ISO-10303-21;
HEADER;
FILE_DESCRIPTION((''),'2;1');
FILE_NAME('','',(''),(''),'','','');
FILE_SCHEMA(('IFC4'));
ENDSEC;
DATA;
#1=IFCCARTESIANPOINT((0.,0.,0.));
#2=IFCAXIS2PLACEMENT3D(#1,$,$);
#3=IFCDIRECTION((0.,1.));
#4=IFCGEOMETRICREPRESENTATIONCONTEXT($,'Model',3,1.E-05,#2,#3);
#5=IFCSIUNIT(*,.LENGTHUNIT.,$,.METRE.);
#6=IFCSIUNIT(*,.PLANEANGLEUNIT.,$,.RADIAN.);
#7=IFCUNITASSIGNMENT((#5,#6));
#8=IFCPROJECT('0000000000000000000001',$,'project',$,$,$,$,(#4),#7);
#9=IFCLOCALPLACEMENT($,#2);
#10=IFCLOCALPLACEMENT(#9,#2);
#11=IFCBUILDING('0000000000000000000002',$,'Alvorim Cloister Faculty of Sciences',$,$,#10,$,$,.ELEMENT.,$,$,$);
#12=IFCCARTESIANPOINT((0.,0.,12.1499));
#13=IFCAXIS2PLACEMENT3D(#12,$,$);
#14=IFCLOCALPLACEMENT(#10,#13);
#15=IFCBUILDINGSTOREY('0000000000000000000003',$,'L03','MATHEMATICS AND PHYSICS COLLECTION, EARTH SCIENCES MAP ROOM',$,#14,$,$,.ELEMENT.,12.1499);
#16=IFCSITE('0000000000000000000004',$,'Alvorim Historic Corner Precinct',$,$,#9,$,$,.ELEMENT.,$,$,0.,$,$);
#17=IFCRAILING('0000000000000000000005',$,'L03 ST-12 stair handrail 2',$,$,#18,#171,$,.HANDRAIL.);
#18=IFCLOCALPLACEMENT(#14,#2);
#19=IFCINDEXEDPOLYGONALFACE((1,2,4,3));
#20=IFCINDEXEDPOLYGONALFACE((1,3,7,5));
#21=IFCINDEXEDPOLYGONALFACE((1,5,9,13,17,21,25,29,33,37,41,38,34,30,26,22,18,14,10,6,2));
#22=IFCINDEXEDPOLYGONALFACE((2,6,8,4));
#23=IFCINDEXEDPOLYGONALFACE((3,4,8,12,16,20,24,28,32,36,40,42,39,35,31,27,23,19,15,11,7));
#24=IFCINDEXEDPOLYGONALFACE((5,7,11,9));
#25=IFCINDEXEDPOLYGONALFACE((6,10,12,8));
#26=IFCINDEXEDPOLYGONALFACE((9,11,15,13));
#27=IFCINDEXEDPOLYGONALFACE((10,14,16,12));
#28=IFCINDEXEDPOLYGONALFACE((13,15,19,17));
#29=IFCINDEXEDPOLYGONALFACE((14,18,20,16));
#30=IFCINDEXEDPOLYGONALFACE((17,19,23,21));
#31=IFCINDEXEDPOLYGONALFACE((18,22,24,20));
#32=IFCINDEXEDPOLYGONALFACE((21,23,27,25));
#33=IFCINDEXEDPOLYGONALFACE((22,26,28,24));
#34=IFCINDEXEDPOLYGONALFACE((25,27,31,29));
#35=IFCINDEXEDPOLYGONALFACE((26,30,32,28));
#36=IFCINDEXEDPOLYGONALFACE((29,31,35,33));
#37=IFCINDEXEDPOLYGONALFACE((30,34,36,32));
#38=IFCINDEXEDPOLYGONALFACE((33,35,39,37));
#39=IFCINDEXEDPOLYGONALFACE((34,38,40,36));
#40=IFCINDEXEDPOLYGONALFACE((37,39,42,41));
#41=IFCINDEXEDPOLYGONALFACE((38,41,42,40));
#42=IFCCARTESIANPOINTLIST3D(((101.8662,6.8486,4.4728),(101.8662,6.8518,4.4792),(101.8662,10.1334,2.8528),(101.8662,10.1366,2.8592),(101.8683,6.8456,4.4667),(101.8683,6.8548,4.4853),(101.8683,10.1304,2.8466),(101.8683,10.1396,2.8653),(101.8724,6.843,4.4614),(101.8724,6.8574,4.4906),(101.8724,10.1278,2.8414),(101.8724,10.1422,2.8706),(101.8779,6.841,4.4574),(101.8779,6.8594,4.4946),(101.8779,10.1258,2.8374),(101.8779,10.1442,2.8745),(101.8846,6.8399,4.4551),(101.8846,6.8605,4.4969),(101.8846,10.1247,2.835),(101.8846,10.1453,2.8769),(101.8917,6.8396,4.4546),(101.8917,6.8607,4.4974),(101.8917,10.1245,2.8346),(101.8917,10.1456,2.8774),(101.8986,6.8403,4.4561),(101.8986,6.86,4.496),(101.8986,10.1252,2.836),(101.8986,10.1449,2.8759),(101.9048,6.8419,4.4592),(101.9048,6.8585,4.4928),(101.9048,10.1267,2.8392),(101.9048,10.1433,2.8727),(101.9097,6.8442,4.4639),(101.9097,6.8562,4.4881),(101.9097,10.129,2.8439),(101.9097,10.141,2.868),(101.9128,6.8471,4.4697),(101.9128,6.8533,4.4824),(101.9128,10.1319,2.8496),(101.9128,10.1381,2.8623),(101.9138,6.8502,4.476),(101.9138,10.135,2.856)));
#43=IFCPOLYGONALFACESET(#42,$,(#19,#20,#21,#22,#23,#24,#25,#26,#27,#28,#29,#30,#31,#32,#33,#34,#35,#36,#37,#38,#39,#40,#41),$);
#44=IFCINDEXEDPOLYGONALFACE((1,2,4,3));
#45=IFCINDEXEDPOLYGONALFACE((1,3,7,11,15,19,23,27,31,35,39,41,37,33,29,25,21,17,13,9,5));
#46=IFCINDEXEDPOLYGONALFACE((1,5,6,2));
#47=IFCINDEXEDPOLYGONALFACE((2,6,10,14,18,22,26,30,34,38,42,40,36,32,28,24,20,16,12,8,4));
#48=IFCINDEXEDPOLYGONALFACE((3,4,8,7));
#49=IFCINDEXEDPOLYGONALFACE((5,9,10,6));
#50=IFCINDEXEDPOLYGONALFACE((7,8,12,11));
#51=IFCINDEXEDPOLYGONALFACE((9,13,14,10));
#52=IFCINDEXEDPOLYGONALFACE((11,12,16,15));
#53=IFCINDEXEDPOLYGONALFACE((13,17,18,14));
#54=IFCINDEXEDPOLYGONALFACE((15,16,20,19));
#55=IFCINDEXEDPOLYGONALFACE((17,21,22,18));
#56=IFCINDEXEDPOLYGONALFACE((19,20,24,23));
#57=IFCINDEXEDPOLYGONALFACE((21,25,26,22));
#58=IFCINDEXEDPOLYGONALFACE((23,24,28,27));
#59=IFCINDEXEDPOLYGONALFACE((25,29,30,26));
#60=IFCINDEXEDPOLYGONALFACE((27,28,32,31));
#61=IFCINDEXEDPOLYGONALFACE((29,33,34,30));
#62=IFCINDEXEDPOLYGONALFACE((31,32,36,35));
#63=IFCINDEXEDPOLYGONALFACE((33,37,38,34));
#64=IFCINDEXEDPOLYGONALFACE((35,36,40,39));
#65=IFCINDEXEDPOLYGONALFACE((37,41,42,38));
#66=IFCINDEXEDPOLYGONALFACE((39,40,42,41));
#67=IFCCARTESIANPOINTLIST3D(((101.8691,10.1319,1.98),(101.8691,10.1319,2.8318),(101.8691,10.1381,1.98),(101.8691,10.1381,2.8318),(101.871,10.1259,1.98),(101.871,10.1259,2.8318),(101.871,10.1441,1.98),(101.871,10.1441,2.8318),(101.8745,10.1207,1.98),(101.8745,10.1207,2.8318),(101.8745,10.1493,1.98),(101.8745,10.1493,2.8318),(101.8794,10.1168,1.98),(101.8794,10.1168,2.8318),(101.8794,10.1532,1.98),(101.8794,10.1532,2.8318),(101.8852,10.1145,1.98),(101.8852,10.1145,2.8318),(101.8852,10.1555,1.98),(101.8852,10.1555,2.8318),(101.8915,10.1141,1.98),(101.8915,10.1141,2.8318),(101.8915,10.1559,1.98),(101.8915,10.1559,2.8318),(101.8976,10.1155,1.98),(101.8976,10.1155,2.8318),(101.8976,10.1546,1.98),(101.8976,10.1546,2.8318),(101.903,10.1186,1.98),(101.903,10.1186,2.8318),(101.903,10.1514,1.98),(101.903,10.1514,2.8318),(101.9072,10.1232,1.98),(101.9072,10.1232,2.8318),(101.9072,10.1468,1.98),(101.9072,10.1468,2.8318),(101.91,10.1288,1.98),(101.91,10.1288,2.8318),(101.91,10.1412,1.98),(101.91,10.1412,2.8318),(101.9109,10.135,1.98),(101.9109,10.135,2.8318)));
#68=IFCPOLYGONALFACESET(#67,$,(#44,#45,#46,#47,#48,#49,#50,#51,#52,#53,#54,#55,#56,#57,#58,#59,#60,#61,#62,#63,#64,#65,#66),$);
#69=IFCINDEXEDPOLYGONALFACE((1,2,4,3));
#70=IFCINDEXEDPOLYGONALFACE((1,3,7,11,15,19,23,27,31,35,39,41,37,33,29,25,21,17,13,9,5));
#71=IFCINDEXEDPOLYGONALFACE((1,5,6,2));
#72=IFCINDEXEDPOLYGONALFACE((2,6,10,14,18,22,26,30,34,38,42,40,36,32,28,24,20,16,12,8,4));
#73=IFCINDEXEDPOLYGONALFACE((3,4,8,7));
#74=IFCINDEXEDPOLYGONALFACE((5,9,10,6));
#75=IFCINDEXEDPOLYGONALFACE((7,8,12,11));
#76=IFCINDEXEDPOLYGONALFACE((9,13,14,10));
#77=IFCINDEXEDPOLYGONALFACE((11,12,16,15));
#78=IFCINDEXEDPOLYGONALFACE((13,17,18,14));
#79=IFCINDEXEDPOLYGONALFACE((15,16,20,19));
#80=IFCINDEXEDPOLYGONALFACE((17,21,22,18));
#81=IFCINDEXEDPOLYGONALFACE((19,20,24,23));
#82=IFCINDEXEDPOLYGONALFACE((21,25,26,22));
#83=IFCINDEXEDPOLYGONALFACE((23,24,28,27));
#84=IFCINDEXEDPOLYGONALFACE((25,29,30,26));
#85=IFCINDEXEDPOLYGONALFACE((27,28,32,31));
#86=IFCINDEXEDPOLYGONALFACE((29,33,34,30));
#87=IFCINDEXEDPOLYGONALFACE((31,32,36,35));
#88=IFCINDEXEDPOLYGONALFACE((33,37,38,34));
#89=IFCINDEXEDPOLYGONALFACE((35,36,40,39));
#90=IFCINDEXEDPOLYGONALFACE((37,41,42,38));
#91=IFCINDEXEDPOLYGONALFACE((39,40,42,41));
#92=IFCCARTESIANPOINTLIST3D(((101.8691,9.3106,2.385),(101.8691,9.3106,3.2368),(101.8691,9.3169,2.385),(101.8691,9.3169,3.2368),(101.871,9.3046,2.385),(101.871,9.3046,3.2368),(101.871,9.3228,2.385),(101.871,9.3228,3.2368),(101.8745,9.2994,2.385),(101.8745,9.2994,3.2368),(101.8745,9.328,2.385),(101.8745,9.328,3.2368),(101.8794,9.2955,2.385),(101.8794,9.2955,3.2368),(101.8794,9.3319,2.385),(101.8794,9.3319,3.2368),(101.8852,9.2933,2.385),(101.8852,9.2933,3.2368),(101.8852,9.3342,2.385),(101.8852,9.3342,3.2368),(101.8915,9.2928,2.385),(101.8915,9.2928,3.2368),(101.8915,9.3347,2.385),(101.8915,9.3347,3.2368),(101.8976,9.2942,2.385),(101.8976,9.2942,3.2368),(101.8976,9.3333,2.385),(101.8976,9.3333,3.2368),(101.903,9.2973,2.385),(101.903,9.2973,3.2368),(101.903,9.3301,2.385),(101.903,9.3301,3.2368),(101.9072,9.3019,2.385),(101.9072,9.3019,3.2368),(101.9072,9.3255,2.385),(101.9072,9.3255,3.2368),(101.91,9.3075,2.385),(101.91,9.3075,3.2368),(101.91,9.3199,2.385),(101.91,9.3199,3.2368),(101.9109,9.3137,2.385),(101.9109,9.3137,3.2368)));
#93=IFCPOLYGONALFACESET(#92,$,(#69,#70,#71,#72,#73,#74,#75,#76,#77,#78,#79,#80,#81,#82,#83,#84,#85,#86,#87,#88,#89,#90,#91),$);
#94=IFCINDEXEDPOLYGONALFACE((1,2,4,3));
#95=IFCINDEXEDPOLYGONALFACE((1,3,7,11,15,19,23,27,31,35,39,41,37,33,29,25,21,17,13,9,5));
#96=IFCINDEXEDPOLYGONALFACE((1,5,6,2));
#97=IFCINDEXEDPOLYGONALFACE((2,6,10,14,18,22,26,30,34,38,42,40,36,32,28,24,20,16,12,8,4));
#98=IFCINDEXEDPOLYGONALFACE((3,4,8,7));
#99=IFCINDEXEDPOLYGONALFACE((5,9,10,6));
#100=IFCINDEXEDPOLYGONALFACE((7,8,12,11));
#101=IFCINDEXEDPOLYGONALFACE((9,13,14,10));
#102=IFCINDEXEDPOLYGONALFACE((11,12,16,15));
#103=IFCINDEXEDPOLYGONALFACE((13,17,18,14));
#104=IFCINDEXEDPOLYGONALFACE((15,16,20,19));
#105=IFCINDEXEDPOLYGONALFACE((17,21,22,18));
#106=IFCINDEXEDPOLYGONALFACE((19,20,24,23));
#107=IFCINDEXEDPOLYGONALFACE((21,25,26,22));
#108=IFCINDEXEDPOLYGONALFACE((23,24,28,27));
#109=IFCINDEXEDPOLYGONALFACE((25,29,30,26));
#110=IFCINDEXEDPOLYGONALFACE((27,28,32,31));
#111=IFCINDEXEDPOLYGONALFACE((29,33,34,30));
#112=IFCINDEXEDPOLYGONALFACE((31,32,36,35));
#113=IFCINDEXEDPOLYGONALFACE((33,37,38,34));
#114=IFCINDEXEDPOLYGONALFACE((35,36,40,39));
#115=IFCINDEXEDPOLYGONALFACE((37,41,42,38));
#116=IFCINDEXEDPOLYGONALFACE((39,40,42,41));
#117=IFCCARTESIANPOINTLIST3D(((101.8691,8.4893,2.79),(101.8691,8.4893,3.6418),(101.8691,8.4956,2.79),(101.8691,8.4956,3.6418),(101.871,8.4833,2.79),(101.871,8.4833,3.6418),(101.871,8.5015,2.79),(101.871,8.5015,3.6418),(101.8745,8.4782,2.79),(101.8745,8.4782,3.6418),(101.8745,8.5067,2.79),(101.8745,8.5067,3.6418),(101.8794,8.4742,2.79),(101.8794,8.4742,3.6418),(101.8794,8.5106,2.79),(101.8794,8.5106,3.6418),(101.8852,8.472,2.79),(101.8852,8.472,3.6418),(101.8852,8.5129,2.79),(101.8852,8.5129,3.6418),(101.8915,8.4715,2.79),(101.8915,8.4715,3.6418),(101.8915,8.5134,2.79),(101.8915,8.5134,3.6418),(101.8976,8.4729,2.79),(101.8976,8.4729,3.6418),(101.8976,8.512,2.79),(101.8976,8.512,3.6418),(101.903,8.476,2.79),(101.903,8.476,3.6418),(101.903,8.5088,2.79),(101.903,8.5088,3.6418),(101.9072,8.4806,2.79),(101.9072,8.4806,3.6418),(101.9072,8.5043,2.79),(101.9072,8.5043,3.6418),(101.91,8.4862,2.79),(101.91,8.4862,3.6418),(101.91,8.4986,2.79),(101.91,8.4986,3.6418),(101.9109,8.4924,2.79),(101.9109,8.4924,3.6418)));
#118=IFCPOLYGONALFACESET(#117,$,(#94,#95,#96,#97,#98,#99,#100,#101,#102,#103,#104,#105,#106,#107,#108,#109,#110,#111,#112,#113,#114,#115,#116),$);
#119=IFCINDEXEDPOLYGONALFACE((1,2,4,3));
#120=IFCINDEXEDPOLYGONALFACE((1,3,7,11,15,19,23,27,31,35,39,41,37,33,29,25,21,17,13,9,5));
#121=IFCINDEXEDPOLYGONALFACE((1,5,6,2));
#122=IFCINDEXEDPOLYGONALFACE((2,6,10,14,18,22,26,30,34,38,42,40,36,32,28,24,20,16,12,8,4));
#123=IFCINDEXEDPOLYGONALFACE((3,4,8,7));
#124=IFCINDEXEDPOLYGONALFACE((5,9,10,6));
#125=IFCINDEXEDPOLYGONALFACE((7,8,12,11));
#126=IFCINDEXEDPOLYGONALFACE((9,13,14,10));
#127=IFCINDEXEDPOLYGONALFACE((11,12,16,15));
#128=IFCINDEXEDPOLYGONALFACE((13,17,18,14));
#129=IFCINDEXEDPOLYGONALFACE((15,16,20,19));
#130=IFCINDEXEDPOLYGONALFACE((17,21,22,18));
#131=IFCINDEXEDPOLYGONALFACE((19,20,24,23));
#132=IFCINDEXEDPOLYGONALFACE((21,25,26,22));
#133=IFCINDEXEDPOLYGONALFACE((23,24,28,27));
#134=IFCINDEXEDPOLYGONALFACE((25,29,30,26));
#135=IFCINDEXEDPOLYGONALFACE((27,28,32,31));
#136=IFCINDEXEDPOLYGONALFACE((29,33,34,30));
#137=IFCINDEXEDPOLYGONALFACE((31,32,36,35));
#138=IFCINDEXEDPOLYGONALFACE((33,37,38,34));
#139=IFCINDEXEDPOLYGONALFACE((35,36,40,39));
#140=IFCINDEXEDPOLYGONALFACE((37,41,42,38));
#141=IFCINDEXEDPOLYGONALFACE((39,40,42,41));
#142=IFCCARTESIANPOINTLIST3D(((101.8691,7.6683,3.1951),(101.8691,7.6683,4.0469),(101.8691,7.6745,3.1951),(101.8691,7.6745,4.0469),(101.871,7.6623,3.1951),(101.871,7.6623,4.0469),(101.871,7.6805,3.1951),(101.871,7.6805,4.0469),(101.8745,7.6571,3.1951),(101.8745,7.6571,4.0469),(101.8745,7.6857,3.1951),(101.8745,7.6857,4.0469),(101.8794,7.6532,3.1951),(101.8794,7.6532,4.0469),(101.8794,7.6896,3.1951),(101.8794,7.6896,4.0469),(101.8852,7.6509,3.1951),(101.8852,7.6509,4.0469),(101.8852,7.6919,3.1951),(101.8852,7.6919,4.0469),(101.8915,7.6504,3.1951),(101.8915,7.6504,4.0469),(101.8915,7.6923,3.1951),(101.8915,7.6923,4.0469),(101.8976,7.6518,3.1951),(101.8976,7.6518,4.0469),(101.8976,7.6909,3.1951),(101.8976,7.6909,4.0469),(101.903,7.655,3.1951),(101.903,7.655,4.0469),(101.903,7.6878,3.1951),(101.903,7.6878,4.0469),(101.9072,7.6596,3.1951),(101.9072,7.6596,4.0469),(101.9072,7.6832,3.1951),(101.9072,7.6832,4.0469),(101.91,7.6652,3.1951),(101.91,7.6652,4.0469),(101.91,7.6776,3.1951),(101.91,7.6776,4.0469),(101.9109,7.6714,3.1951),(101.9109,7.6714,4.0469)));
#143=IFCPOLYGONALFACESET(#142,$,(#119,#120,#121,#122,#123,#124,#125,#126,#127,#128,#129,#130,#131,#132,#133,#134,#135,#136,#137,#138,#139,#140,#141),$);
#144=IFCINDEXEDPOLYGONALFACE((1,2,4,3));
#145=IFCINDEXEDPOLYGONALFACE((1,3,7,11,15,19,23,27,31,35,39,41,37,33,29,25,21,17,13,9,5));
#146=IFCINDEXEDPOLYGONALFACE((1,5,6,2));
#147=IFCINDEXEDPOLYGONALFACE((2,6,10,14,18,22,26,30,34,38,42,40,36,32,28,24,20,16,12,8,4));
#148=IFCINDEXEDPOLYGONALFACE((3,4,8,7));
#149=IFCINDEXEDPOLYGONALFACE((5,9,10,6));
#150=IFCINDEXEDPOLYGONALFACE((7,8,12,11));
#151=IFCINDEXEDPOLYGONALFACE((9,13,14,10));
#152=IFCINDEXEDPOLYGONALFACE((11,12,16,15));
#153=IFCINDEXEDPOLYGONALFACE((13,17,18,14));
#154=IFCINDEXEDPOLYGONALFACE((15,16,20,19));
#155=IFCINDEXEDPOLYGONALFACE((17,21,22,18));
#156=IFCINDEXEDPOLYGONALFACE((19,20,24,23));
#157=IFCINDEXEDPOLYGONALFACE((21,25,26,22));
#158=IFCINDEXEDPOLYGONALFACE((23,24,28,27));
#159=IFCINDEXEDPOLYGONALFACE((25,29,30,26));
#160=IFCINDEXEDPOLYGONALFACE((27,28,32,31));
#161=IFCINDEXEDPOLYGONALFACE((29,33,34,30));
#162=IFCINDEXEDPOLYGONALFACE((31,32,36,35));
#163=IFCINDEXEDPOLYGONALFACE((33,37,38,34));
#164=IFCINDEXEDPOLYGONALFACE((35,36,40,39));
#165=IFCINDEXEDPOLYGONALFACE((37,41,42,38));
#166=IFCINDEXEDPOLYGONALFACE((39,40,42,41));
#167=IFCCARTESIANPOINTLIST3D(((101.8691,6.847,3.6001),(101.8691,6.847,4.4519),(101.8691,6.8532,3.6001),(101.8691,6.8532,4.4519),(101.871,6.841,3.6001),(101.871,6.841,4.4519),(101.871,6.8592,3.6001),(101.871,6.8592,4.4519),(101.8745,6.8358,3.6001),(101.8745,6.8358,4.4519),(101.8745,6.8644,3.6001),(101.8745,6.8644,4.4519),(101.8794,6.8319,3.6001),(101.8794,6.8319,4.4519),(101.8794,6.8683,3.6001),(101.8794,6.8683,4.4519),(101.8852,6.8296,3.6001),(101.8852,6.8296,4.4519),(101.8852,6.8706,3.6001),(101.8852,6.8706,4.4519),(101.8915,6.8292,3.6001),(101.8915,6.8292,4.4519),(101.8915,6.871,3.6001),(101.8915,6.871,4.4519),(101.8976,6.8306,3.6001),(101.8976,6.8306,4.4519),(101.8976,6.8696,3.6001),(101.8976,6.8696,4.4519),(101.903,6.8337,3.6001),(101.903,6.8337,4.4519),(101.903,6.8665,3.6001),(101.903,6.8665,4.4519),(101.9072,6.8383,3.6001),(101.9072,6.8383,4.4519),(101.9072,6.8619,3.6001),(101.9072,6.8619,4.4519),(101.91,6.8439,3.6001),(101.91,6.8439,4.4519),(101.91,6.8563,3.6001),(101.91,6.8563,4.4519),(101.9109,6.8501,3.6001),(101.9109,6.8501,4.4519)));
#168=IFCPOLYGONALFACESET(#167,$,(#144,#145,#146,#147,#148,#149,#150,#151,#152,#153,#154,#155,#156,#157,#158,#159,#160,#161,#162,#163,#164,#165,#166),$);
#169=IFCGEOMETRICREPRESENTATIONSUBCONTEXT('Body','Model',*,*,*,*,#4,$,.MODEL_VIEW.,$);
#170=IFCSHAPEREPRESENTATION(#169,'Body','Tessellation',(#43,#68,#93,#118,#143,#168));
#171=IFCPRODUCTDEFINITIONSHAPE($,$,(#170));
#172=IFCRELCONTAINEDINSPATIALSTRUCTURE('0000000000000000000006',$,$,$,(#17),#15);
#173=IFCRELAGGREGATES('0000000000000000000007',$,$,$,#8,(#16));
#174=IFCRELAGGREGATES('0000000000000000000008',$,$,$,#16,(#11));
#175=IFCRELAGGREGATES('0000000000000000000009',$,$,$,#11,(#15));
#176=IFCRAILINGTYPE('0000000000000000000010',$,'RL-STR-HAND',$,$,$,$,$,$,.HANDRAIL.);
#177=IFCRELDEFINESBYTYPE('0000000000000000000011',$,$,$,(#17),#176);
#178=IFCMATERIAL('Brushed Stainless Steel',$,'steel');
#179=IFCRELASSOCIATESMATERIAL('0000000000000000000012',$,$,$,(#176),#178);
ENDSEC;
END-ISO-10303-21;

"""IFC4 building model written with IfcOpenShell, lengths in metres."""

from ifc_helpers import new_model, si_unit, direction, frame, origin, origin_2d, place, context, subcontext, project, spatial, circle, extrude, material, type_object, element, save


model = new_model("IFC4")

# Units and contexts
model_context = context("Model", 3, precision=1e-05, world=origin(), true_north=direction((0.0, 1.0)))
body_context = subcontext(model_context, "Body", "Model", "MODEL_VIEW")
ifc_project = project(units=[si_unit("LENGTHUNIT", "METRE"), si_unit("PLANEANGLEUNIT", "RADIAN")], contexts=[model_context])

# Site, building, storey
site_placement = place(None, origin())
site = spatial("IfcSite", under=ifc_project, at=site_placement, Name="Alvorim Historic Corner Precinct", CompositionType="ELEMENT", RefElevation=0.0)
building_placement = place(site_placement, origin())
building = spatial("IfcBuilding", under=site, at=building_placement, Name="Alvorim Cloister Faculty of Sciences", CompositionType="ELEMENT")
storey_placement = place(building_placement, frame((0.0, 0.0, 12.1499)))
storey = spatial("IfcBuildingStorey", under=building, at=storey_placement, Name="L03", Description="MATHEMATICS AND PHYSICS COLLECTION, EARTH SCIENCES MAP ROOM", CompositionType="ELEMENT", Elevation=12.1499)

# Railing
ifc_material_1 = material(Name="Brushed Stainless Steel", Category="steel")
railing_type_1 = type_object("IfcRailingType", Name="RL-STR-HAND", PredefinedType="HANDRAIL", material=ifc_material_1)
railing_1_placement = place(storey_placement, frame((101.8899, 10.135, 1.98)))
element("IfcRailing", 1, at=railing_1_placement, inside=storey, type_object=railing_type_1, Name="L03 ST-12 stair handrail 2", PredefinedType="HANDRAIL", context=body_context, shape_type="SweptSolid", body=[
    extrude(circle(Radius=0.0239, at=origin_2d()), frame((0.0, 0.0, 0.876), z_axis=(0.0, -0.896853, 0.442328), x_axis=(1.0, 0.0, 0.0)), (0.0, 0.0, 1.0), 3.6626),
    extrude(circle(Radius=0.021, at=origin_2d()), origin(), (0.0, 0.0, 1.0), 0.8518),
    extrude(circle(Radius=0.021, at=origin_2d()), frame((0.0, -0.8213, 0.405)), (0.0, 0.0, 1.0), 0.8518),
    extrude(circle(Radius=0.021, at=origin_2d()), frame((0.0, -1.6426, 0.8101)), (0.0, 0.0, 1.0), 0.8518),
    extrude(circle(Radius=0.021, at=origin_2d()), frame((0.0, -2.4636, 1.2151)), (0.0, 0.0, 1.0), 0.8518),
    extrude(circle(Radius=0.021, at=origin_2d()), frame((0.0, -3.2849, 1.6201)), (0.0, 0.0, 1.0), 0.8518),
])

save(model, "model.ifc")
